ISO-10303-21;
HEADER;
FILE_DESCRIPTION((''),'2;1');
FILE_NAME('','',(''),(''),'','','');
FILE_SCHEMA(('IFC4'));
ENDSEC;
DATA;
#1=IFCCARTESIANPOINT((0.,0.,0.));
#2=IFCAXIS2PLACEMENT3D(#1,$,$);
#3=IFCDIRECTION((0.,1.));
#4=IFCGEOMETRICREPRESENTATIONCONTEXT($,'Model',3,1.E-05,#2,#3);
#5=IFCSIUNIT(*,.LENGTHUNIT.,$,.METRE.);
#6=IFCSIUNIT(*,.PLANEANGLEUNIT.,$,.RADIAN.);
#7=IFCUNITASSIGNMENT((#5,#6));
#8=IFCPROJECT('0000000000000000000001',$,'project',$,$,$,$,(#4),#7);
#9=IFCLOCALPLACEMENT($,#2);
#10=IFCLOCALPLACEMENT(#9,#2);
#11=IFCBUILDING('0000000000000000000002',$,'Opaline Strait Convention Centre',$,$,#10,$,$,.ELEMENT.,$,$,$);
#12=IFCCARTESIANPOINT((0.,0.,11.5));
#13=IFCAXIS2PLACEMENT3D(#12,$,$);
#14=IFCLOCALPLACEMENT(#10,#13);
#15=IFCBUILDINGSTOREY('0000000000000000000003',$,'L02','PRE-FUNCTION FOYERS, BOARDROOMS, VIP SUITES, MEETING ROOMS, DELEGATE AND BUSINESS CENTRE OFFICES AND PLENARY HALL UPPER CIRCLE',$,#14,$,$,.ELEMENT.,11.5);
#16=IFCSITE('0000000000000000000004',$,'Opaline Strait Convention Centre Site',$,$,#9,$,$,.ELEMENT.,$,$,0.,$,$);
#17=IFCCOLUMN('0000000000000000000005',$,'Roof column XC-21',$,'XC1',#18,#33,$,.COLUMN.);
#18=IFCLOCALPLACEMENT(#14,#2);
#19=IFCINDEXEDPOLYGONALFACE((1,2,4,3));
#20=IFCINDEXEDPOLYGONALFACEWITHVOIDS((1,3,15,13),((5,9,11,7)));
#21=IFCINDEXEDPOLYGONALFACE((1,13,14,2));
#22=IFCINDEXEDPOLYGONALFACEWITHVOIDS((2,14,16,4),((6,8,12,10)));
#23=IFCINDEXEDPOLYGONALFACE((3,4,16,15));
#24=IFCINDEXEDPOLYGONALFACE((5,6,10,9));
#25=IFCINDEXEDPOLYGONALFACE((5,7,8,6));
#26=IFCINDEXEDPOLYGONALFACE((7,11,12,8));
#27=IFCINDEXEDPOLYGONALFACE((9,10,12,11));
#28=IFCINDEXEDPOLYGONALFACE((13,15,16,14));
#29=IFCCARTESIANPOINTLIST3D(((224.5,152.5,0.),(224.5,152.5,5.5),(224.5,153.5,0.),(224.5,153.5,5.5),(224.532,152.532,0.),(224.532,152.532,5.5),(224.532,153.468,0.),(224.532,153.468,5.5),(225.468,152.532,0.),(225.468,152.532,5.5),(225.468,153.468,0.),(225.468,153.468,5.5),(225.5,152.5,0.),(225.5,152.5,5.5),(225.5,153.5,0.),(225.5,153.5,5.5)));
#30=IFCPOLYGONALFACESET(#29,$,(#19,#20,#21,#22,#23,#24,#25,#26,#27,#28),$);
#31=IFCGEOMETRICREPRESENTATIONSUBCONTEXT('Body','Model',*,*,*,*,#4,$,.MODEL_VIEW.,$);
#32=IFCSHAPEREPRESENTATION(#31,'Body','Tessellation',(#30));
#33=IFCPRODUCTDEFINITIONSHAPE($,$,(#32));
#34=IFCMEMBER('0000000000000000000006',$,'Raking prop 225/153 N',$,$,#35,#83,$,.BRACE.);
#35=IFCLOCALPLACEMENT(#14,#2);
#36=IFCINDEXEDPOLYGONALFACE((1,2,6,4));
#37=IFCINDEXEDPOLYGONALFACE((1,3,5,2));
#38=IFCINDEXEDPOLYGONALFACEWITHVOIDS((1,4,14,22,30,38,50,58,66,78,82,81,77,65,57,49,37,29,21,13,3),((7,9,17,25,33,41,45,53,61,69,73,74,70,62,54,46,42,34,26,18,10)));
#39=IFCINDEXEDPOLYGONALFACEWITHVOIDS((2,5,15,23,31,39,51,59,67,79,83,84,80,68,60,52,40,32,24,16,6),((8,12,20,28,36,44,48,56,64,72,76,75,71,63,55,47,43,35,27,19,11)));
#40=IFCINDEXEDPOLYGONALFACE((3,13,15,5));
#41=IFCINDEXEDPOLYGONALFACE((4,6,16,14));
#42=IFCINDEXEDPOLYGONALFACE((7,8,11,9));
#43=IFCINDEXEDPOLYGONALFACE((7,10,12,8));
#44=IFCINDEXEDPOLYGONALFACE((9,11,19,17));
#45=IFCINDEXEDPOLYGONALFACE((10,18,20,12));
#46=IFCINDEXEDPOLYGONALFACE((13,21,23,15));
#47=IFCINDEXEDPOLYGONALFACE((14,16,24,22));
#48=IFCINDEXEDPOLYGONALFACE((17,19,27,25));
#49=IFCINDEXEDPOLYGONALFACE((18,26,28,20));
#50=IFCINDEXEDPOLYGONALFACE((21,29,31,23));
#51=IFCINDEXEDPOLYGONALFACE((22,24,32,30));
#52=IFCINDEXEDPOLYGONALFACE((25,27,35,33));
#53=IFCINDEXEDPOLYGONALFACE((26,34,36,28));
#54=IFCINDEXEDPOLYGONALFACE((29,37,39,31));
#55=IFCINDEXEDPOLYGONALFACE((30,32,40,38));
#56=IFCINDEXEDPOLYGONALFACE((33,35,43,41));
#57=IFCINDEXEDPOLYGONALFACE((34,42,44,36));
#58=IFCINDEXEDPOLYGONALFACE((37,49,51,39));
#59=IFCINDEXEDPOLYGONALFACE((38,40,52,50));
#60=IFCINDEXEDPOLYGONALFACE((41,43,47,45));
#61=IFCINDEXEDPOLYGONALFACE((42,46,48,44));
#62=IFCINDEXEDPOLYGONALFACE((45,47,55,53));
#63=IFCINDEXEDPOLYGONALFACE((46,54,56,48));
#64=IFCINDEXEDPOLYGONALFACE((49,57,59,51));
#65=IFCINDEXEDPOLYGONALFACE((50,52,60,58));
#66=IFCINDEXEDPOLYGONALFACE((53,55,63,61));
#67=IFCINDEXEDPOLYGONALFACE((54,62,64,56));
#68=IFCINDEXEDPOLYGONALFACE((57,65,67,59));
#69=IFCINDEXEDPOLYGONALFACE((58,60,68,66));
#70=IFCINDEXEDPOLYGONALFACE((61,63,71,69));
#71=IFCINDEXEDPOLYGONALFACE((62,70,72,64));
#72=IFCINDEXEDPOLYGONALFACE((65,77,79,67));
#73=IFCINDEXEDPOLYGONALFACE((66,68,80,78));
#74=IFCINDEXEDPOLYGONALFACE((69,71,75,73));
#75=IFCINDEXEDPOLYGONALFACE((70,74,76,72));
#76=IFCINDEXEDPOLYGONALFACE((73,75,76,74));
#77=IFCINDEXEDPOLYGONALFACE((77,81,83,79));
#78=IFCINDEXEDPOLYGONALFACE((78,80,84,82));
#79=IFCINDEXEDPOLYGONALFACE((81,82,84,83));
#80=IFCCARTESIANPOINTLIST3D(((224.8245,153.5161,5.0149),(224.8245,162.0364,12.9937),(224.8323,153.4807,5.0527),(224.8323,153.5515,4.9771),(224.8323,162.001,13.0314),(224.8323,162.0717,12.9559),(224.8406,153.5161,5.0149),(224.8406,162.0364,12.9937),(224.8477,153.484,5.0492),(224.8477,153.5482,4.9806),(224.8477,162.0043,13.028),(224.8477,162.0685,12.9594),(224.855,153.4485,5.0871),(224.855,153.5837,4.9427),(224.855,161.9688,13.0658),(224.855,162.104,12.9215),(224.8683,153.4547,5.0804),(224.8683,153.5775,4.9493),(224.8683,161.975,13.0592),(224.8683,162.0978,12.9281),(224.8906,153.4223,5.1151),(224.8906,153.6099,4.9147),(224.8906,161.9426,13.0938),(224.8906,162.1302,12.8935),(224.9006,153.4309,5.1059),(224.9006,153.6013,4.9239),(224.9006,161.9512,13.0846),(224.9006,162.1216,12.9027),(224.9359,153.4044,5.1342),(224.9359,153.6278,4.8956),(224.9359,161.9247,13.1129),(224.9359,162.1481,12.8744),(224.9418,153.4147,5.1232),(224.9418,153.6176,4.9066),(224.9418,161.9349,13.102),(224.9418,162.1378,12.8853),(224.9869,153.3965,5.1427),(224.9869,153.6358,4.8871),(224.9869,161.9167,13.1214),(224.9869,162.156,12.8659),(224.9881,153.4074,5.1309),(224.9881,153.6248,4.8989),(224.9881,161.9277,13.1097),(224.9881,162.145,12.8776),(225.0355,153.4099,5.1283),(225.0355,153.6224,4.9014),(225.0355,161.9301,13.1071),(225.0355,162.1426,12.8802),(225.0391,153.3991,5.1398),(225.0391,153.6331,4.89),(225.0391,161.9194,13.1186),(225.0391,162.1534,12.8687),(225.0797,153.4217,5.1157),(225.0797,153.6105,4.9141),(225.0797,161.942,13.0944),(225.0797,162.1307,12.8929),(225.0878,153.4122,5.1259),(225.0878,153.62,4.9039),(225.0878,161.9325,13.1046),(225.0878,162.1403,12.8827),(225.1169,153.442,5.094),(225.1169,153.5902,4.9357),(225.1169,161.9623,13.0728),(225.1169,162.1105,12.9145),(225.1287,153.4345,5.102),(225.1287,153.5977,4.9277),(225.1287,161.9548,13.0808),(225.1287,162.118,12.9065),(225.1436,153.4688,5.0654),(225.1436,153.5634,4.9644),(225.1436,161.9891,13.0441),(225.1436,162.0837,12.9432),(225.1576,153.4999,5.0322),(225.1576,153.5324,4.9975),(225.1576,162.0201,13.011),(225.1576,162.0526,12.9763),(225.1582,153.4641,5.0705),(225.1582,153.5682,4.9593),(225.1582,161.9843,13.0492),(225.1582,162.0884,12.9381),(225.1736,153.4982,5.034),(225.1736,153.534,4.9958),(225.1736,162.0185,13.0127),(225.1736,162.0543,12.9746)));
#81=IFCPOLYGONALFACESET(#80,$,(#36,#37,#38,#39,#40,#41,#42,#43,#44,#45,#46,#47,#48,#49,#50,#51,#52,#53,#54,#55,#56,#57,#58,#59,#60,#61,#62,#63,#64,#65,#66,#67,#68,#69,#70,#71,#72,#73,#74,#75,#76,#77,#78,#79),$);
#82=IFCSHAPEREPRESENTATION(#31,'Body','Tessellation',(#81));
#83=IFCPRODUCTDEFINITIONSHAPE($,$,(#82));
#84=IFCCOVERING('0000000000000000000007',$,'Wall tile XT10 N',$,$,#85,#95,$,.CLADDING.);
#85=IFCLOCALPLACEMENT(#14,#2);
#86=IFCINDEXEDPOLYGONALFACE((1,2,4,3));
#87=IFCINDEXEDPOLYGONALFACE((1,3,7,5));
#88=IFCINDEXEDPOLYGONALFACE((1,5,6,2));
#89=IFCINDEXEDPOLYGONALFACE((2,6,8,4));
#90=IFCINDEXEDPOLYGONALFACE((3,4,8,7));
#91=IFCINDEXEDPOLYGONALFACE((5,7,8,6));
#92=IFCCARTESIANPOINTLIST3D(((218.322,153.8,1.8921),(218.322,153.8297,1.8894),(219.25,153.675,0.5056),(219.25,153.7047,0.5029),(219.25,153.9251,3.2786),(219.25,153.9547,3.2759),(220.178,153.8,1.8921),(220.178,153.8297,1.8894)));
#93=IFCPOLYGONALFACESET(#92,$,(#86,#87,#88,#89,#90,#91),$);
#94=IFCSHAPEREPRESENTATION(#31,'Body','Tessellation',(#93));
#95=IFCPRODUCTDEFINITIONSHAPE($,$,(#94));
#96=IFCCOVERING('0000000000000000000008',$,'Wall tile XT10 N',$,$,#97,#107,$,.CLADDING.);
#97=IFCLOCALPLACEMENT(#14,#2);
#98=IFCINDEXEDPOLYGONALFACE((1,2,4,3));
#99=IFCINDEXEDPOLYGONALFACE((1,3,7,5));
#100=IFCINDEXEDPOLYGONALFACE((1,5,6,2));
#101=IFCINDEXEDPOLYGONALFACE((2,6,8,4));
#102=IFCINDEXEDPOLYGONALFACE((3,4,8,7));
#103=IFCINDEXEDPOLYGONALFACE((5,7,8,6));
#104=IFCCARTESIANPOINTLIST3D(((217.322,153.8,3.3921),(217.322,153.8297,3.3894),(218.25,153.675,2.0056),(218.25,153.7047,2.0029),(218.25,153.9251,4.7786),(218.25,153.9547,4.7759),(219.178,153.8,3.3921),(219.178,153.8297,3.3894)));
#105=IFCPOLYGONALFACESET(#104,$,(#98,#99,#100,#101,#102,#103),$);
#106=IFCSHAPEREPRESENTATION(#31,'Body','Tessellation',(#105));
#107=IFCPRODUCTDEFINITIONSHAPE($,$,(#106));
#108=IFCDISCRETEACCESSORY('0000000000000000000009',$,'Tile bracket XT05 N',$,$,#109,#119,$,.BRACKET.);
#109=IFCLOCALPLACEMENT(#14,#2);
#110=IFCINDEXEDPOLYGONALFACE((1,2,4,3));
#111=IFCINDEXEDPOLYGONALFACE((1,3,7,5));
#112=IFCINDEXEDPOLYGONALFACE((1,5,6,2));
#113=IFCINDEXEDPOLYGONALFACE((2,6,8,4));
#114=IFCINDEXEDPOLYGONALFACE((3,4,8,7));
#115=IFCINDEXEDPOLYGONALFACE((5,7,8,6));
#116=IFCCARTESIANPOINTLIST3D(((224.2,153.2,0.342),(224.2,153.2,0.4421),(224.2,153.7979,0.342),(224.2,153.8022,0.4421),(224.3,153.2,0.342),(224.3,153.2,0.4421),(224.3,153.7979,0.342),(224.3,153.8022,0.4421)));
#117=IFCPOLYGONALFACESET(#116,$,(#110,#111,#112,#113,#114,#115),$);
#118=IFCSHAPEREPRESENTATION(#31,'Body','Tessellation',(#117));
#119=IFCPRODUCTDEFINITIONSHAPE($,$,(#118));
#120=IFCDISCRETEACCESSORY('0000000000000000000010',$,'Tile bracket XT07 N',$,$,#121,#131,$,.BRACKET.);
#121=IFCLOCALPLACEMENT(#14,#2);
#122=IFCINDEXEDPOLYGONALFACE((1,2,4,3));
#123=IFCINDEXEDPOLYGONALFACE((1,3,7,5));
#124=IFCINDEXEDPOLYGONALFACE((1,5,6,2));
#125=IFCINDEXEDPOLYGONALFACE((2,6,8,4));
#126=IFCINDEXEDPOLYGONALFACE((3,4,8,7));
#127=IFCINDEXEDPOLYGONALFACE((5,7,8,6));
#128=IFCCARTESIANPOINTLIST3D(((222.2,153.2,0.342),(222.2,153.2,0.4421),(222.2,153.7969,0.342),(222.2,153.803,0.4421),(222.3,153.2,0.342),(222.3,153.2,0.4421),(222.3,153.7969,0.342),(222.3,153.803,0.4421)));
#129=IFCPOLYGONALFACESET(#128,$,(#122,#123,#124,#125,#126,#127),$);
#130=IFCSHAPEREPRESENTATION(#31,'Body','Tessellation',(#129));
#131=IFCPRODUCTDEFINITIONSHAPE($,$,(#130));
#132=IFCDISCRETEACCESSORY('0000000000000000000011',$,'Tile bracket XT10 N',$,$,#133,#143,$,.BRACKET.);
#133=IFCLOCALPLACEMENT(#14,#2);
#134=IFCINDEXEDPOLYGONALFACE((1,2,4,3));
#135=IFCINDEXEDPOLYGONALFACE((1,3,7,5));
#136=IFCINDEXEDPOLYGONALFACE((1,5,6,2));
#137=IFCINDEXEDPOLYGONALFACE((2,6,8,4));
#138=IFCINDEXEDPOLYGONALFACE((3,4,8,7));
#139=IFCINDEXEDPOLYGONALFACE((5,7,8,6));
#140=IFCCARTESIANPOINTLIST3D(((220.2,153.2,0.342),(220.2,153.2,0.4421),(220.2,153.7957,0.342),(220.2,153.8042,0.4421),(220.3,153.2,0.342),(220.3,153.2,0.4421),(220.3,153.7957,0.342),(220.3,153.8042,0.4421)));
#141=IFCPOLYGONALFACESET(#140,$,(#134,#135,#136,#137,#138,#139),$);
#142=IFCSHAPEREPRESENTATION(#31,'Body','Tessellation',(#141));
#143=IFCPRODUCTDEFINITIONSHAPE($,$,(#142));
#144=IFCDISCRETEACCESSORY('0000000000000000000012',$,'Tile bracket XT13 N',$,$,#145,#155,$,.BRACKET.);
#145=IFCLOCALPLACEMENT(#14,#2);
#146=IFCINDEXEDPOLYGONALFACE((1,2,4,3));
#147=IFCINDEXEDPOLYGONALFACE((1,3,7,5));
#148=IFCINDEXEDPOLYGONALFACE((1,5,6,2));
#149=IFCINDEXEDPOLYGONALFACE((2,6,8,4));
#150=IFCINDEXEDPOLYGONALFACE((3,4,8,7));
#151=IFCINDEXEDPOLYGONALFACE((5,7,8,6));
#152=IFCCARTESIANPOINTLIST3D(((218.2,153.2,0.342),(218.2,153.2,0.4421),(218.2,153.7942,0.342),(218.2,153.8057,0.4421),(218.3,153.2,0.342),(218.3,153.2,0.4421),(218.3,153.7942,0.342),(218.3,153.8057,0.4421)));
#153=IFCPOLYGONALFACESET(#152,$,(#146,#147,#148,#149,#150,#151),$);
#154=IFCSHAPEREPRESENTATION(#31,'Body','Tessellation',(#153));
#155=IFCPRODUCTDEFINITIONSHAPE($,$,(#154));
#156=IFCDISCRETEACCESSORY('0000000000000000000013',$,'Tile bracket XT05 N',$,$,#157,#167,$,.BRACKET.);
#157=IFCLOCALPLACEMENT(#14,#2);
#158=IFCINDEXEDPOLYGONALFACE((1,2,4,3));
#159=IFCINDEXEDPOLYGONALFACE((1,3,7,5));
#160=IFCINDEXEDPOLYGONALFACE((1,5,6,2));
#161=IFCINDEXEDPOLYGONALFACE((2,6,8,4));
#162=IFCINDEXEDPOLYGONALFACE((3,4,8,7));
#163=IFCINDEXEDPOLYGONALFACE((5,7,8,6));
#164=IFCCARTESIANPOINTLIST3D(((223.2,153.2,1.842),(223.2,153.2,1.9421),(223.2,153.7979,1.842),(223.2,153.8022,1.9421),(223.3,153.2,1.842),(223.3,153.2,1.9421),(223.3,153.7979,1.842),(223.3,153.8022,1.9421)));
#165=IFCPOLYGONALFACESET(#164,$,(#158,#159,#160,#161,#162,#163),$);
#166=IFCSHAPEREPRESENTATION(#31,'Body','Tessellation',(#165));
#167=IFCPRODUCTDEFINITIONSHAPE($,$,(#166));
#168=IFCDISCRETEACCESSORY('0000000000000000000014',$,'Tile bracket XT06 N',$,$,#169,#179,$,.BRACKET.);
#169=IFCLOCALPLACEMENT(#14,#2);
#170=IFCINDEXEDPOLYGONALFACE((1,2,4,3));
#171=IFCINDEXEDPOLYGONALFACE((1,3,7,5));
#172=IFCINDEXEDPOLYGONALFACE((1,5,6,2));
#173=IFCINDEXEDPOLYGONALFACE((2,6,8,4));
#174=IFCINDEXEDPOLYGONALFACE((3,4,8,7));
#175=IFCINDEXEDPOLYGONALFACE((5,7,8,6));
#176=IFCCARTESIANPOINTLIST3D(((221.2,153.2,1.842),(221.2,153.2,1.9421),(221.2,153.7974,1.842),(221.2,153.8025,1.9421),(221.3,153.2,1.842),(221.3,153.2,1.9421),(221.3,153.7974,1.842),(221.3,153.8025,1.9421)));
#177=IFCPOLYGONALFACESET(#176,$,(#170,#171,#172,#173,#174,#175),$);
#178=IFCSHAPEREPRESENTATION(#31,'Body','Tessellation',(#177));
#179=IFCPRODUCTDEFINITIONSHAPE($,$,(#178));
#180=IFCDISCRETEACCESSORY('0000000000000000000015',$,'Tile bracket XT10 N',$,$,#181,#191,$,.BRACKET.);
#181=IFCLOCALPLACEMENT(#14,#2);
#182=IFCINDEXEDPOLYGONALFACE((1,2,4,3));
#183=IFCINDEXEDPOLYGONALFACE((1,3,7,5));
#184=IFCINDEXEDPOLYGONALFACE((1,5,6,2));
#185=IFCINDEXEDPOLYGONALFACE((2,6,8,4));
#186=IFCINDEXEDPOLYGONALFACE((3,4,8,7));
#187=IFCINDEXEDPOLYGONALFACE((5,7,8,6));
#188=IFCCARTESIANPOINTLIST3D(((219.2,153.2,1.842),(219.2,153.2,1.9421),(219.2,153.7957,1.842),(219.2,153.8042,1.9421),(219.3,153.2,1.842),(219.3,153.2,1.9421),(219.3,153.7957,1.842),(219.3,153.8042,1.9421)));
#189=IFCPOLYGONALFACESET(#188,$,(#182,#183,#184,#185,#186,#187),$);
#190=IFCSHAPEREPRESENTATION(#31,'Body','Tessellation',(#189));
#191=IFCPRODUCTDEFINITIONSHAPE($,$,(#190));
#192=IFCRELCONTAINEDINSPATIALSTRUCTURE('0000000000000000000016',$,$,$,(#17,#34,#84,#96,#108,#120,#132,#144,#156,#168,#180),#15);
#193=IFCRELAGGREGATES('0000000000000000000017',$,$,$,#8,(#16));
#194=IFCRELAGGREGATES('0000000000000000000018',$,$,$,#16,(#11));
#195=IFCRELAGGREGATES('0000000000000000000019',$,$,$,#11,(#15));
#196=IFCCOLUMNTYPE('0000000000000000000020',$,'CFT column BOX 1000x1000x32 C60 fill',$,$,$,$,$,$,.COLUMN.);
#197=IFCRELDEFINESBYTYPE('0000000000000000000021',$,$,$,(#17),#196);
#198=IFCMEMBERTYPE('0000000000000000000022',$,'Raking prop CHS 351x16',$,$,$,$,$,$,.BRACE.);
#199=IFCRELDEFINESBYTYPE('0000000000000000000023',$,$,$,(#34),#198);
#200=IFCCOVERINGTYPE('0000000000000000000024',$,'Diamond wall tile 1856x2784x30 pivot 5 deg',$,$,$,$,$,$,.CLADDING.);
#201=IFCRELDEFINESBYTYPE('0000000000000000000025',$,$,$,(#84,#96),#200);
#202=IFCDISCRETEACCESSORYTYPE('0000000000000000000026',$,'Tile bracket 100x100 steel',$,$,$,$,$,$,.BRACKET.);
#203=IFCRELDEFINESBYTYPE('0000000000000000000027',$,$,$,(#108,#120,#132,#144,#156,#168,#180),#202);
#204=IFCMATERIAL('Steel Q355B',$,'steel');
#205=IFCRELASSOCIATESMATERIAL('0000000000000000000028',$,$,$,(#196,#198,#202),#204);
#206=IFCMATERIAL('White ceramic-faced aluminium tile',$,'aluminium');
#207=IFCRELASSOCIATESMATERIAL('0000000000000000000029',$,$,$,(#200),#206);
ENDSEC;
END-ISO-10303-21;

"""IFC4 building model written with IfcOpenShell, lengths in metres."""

from ifc_helpers import new_model, si_unit, direction, frame, origin, origin_2d, place, context, subcontext, project, spatial, polyline, hollow_rectangle, hollow_circle, outline, extrude, material, material_profile, profile_set, type_object, element, save


model = new_model("IFC4")

# Units and contexts
model_context = context("Model", 3, precision=1e-05, world=origin(), true_north=direction((0.0, 1.0)))
body_context = subcontext(model_context, "Body", "Model", "MODEL_VIEW")
ifc_project = project(units=[si_unit("LENGTHUNIT", "METRE"), si_unit("PLANEANGLEUNIT", "RADIAN")], contexts=[model_context])

# Site, building, storey
site_placement = place(None, origin())
site = spatial("IfcSite", under=ifc_project, at=site_placement, Name="Opaline Strait Convention Centre Site", CompositionType="ELEMENT", RefElevation=0.0)
building_placement = place(site_placement, origin())
building = spatial("IfcBuilding", under=site, at=building_placement, Name="Opaline Strait Convention Centre", CompositionType="ELEMENT")
storey_placement = place(building_placement, frame((0.0, 0.0, 11.5)))
storey = spatial("IfcBuildingStorey", under=building, at=storey_placement, Name="L02", Description="PRE-FUNCTION FOYERS, BOARDROOMS, VIP SUITES, MEETING ROOMS, DELEGATE AND BUSINESS CENTRE OFFICES AND PLENARY HALL UPPER CIRCLE", CompositionType="ELEMENT", Elevation=11.5)

# Column
ifc_material_1 = material(Name="Steel Q355B", Category="steel")
ifc_material_profile_1 = material_profile(ifc_material_1, hollow_rectangle(XDim=1.0, YDim=1.0, WallThickness=0.032, at=origin_2d()), Name="BOX 1000x1000x32")
ifc_profile_set_1 = profile_set([ifc_material_profile_1], Name="Steel Q355B")
column_type = type_object("IfcColumnType", Name="CFT column BOX 1000x1000x32 C60 fill", PredefinedType="COLUMN", material=ifc_profile_set_1)
column_placement = place(storey_placement, frame((225.0, 153.0, 0.0), z_axis=(0.0, 0.0, 1.0), x_axis=(1.0, 0.0, 0.0)))
element("IfcColumn", 1, at=column_placement, inside=storey, type_object=column_type, Name="Roof column XC-21", ObjectType="XC1", PredefinedType="COLUMN", context=body_context, shape_type="SweptSolid", body=[
    extrude(hollow_rectangle(XDim=1.0, YDim=1.0, WallThickness=0.032, at=origin_2d()), origin(), (0.0, 0.0, 1.0), 5.5),
])

# Member
ifc_material_profile_2 = material_profile(ifc_material_1, hollow_circle(Radius=0.1755, WallThickness=0.0161, at=origin_2d()), Name="CHS 351x16")
ifc_profile_set_2 = profile_set([ifc_material_profile_2], Name="Steel Q355B")
member_type = type_object("IfcMemberType", Name="Raking prop CHS 351x16", PredefinedType="BRACE", material=ifc_profile_set_2)
member_placement = place(storey_placement, frame((225.0, 153.5161, 5.0149), z_axis=(0.0, 0.729921, 0.683531), x_axis=(-1.0, 0.0, 0.0)))
element("IfcMember", 2, at=member_placement, inside=storey, type_object=member_type, Name="Raking prop 225/153 N", PredefinedType="BRACE", context=body_context, shape_type="SweptSolid", body=[
    extrude(hollow_circle(Radius=0.1755, WallThickness=0.0161, at=origin_2d()), origin(), (0.0, 0.0, 1.0), 11.6729),
])

# Coverings
ifc_material_2 = material(Name="White ceramic-faced aluminium tile", Category="aluminium")
ifc_material_profile_3 = material_profile(ifc_material_2, outline(polyline([(0.928, 0.0), (0.0, 1.3921), (-0.928, 0.0), (0.0, -1.3921), (0.928, 0.0)])), Name="Diamond tile 1856x2784")
ifc_profile_set_3 = profile_set([ifc_material_profile_3], Name="White ceramic-faced aluminium tile")
covering_type = type_object("IfcCoveringType", Name="Diamond wall tile 1856x2784x30 pivot 5 deg", PredefinedType="CLADDING", material=ifc_profile_set_3)
for number, where, z_axis, x_axis, name in (
    (3, (219.25, 153.8, 1.8921), (0.0, 0.99596, -0.0898), (-1.0, 0.0, 0.0), "Wall tile XT10 N"),
    (4, (218.25, 153.8, 3.3921), (0.0, 0.99596, -0.0898), (-1.0, 0.0, 0.0), "Wall tile XT10 N"),
):
    element("IfcCovering", number, at=place(storey_placement, frame(where, z_axis=z_axis, x_axis=x_axis)), inside=storey, type_object=covering_type, Name=name, PredefinedType="CLADDING", context=body_context, shape_type="SweptSolid", body=[
        extrude(outline(polyline([(0.928, 0.0), (0.0, 1.3921), (-0.928, 0.0), (0.0, -1.3921), (0.928, 0.0)])), origin(), (0.0, 0.0, 1.0), 0.0298),
    ])

# Discrete accessories
discrete_accessory_type = type_object("IfcDiscreteAccessoryType", Name="Tile bracket 100x100 steel", PredefinedType="BRACKET", material=ifc_material_1)
discrete_accessory_1_placement = place(storey_placement, frame((224.3, 153.2, 0.3921), z_axis=(-1.0, 0.0, 0.0), x_axis=(0.0, -1.0, 0.0)))
element("IfcDiscreteAccessory", 5, at=discrete_accessory_1_placement, inside=storey, type_object=discrete_accessory_type, Name="Tile bracket XT05 N", PredefinedType="BRACKET", context=body_context, shape_type="SweptSolid", body=[
    extrude(outline(polyline([(0.0, -0.05), (0.0, 0.05), (-0.6023, 0.05), (-0.5979, -0.05), (0.0, -0.05)])), origin(), (0.0, 0.0, 1.0), 0.1001),
])
discrete_accessory_2_placement = place(storey_placement, frame((222.3, 153.2, 0.3921), z_axis=(-1.0, 0.0, 0.0), x_axis=(0.0, -1.0, 0.0)))
element("IfcDiscreteAccessory", 6, at=discrete_accessory_2_placement, inside=storey, type_object=discrete_accessory_type, Name="Tile bracket XT07 N", PredefinedType="BRACKET", context=body_context, shape_type="SweptSolid", body=[
    extrude(outline(polyline([(0.0, -0.05), (0.0, 0.05), (-0.603, 0.05), (-0.5969, -0.05), (0.0, -0.05)])), origin(), (0.0, 0.0, 1.0), 0.1001),
])
discrete_accessory_3_placement = place(storey_placement, frame((220.3, 153.2, 0.3921), z_axis=(-1.0, 0.0, 0.0), x_axis=(0.0, -1.0, 0.0)))
element("IfcDiscreteAccessory", 7, at=discrete_accessory_3_placement, inside=storey, type_object=discrete_accessory_type, Name="Tile bracket XT10 N", PredefinedType="BRACKET", context=body_context, shape_type="SweptSolid", body=[
    extrude(outline(polyline([(0.0, -0.05), (0.0, 0.05), (-0.6042, 0.05), (-0.5957, -0.05), (0.0, -0.05)])), origin(), (0.0, 0.0, 1.0), 0.1001),
])
discrete_accessory_4_placement = place(storey_placement, frame((218.3, 153.2, 0.3921), z_axis=(-1.0, 0.0, 0.0), x_axis=(0.0, -1.0, 0.0)))
element("IfcDiscreteAccessory", 8, at=discrete_accessory_4_placement, inside=storey, type_object=discrete_accessory_type, Name="Tile bracket XT13 N", PredefinedType="BRACKET", context=body_context, shape_type="SweptSolid", body=[
    extrude(outline(polyline([(0.0, -0.05), (0.0, 0.05), (-0.6057, 0.05), (-0.5942, -0.05), (0.0, -0.05)])), origin(), (0.0, 0.0, 1.0), 0.1001),
])
discrete_accessory_5_placement = place(storey_placement, frame((223.3, 153.2, 1.8921), z_axis=(-1.0, 0.0, 0.0), x_axis=(0.0, -1.0, 0.0)))
element("IfcDiscreteAccessory", 9, at=discrete_accessory_5_placement, inside=storey, type_object=discrete_accessory_type, Name="Tile bracket XT05 N", PredefinedType="BRACKET", context=body_context, shape_type="SweptSolid", body=[
    extrude(outline(polyline([(0.0, -0.05), (0.0, 0.05), (-0.6023, 0.05), (-0.5979, -0.05), (0.0, -0.05)])), origin(), (0.0, 0.0, 1.0), 0.1001),
])
discrete_accessory_6_placement = place(storey_placement, frame((221.3, 153.2, 1.8921), z_axis=(-1.0, 0.0, 0.0), x_axis=(0.0, -1.0, 0.0)))
element("IfcDiscreteAccessory", 10, at=discrete_accessory_6_placement, inside=storey, type_object=discrete_accessory_type, Name="Tile bracket XT06 N", PredefinedType="BRACKET", context=body_context, shape_type="SweptSolid", body=[
    extrude(outline(polyline([(0.0, -0.05), (0.0, 0.05), (-0.6025, 0.05), (-0.5974, -0.05), (0.0, -0.05)])), origin(), (0.0, 0.0, 1.0), 0.1001),
])
discrete_accessory_7_placement = place(storey_placement, frame((219.3, 153.2, 1.8921), z_axis=(-1.0, 0.0, 0.0), x_axis=(0.0, -1.0, 0.0)))
element("IfcDiscreteAccessory", 11, at=discrete_accessory_7_placement, inside=storey, type_object=discrete_accessory_type, Name="Tile bracket XT10 N", PredefinedType="BRACKET", context=body_context, shape_type="SweptSolid", body=[
    extrude(outline(polyline([(0.0, -0.05), (0.0, 0.05), (-0.6042, 0.05), (-0.5957, -0.05), (0.0, -0.05)])), origin(), (0.0, 0.0, 1.0), 0.1001),
])

save(model, "model.ifc")
